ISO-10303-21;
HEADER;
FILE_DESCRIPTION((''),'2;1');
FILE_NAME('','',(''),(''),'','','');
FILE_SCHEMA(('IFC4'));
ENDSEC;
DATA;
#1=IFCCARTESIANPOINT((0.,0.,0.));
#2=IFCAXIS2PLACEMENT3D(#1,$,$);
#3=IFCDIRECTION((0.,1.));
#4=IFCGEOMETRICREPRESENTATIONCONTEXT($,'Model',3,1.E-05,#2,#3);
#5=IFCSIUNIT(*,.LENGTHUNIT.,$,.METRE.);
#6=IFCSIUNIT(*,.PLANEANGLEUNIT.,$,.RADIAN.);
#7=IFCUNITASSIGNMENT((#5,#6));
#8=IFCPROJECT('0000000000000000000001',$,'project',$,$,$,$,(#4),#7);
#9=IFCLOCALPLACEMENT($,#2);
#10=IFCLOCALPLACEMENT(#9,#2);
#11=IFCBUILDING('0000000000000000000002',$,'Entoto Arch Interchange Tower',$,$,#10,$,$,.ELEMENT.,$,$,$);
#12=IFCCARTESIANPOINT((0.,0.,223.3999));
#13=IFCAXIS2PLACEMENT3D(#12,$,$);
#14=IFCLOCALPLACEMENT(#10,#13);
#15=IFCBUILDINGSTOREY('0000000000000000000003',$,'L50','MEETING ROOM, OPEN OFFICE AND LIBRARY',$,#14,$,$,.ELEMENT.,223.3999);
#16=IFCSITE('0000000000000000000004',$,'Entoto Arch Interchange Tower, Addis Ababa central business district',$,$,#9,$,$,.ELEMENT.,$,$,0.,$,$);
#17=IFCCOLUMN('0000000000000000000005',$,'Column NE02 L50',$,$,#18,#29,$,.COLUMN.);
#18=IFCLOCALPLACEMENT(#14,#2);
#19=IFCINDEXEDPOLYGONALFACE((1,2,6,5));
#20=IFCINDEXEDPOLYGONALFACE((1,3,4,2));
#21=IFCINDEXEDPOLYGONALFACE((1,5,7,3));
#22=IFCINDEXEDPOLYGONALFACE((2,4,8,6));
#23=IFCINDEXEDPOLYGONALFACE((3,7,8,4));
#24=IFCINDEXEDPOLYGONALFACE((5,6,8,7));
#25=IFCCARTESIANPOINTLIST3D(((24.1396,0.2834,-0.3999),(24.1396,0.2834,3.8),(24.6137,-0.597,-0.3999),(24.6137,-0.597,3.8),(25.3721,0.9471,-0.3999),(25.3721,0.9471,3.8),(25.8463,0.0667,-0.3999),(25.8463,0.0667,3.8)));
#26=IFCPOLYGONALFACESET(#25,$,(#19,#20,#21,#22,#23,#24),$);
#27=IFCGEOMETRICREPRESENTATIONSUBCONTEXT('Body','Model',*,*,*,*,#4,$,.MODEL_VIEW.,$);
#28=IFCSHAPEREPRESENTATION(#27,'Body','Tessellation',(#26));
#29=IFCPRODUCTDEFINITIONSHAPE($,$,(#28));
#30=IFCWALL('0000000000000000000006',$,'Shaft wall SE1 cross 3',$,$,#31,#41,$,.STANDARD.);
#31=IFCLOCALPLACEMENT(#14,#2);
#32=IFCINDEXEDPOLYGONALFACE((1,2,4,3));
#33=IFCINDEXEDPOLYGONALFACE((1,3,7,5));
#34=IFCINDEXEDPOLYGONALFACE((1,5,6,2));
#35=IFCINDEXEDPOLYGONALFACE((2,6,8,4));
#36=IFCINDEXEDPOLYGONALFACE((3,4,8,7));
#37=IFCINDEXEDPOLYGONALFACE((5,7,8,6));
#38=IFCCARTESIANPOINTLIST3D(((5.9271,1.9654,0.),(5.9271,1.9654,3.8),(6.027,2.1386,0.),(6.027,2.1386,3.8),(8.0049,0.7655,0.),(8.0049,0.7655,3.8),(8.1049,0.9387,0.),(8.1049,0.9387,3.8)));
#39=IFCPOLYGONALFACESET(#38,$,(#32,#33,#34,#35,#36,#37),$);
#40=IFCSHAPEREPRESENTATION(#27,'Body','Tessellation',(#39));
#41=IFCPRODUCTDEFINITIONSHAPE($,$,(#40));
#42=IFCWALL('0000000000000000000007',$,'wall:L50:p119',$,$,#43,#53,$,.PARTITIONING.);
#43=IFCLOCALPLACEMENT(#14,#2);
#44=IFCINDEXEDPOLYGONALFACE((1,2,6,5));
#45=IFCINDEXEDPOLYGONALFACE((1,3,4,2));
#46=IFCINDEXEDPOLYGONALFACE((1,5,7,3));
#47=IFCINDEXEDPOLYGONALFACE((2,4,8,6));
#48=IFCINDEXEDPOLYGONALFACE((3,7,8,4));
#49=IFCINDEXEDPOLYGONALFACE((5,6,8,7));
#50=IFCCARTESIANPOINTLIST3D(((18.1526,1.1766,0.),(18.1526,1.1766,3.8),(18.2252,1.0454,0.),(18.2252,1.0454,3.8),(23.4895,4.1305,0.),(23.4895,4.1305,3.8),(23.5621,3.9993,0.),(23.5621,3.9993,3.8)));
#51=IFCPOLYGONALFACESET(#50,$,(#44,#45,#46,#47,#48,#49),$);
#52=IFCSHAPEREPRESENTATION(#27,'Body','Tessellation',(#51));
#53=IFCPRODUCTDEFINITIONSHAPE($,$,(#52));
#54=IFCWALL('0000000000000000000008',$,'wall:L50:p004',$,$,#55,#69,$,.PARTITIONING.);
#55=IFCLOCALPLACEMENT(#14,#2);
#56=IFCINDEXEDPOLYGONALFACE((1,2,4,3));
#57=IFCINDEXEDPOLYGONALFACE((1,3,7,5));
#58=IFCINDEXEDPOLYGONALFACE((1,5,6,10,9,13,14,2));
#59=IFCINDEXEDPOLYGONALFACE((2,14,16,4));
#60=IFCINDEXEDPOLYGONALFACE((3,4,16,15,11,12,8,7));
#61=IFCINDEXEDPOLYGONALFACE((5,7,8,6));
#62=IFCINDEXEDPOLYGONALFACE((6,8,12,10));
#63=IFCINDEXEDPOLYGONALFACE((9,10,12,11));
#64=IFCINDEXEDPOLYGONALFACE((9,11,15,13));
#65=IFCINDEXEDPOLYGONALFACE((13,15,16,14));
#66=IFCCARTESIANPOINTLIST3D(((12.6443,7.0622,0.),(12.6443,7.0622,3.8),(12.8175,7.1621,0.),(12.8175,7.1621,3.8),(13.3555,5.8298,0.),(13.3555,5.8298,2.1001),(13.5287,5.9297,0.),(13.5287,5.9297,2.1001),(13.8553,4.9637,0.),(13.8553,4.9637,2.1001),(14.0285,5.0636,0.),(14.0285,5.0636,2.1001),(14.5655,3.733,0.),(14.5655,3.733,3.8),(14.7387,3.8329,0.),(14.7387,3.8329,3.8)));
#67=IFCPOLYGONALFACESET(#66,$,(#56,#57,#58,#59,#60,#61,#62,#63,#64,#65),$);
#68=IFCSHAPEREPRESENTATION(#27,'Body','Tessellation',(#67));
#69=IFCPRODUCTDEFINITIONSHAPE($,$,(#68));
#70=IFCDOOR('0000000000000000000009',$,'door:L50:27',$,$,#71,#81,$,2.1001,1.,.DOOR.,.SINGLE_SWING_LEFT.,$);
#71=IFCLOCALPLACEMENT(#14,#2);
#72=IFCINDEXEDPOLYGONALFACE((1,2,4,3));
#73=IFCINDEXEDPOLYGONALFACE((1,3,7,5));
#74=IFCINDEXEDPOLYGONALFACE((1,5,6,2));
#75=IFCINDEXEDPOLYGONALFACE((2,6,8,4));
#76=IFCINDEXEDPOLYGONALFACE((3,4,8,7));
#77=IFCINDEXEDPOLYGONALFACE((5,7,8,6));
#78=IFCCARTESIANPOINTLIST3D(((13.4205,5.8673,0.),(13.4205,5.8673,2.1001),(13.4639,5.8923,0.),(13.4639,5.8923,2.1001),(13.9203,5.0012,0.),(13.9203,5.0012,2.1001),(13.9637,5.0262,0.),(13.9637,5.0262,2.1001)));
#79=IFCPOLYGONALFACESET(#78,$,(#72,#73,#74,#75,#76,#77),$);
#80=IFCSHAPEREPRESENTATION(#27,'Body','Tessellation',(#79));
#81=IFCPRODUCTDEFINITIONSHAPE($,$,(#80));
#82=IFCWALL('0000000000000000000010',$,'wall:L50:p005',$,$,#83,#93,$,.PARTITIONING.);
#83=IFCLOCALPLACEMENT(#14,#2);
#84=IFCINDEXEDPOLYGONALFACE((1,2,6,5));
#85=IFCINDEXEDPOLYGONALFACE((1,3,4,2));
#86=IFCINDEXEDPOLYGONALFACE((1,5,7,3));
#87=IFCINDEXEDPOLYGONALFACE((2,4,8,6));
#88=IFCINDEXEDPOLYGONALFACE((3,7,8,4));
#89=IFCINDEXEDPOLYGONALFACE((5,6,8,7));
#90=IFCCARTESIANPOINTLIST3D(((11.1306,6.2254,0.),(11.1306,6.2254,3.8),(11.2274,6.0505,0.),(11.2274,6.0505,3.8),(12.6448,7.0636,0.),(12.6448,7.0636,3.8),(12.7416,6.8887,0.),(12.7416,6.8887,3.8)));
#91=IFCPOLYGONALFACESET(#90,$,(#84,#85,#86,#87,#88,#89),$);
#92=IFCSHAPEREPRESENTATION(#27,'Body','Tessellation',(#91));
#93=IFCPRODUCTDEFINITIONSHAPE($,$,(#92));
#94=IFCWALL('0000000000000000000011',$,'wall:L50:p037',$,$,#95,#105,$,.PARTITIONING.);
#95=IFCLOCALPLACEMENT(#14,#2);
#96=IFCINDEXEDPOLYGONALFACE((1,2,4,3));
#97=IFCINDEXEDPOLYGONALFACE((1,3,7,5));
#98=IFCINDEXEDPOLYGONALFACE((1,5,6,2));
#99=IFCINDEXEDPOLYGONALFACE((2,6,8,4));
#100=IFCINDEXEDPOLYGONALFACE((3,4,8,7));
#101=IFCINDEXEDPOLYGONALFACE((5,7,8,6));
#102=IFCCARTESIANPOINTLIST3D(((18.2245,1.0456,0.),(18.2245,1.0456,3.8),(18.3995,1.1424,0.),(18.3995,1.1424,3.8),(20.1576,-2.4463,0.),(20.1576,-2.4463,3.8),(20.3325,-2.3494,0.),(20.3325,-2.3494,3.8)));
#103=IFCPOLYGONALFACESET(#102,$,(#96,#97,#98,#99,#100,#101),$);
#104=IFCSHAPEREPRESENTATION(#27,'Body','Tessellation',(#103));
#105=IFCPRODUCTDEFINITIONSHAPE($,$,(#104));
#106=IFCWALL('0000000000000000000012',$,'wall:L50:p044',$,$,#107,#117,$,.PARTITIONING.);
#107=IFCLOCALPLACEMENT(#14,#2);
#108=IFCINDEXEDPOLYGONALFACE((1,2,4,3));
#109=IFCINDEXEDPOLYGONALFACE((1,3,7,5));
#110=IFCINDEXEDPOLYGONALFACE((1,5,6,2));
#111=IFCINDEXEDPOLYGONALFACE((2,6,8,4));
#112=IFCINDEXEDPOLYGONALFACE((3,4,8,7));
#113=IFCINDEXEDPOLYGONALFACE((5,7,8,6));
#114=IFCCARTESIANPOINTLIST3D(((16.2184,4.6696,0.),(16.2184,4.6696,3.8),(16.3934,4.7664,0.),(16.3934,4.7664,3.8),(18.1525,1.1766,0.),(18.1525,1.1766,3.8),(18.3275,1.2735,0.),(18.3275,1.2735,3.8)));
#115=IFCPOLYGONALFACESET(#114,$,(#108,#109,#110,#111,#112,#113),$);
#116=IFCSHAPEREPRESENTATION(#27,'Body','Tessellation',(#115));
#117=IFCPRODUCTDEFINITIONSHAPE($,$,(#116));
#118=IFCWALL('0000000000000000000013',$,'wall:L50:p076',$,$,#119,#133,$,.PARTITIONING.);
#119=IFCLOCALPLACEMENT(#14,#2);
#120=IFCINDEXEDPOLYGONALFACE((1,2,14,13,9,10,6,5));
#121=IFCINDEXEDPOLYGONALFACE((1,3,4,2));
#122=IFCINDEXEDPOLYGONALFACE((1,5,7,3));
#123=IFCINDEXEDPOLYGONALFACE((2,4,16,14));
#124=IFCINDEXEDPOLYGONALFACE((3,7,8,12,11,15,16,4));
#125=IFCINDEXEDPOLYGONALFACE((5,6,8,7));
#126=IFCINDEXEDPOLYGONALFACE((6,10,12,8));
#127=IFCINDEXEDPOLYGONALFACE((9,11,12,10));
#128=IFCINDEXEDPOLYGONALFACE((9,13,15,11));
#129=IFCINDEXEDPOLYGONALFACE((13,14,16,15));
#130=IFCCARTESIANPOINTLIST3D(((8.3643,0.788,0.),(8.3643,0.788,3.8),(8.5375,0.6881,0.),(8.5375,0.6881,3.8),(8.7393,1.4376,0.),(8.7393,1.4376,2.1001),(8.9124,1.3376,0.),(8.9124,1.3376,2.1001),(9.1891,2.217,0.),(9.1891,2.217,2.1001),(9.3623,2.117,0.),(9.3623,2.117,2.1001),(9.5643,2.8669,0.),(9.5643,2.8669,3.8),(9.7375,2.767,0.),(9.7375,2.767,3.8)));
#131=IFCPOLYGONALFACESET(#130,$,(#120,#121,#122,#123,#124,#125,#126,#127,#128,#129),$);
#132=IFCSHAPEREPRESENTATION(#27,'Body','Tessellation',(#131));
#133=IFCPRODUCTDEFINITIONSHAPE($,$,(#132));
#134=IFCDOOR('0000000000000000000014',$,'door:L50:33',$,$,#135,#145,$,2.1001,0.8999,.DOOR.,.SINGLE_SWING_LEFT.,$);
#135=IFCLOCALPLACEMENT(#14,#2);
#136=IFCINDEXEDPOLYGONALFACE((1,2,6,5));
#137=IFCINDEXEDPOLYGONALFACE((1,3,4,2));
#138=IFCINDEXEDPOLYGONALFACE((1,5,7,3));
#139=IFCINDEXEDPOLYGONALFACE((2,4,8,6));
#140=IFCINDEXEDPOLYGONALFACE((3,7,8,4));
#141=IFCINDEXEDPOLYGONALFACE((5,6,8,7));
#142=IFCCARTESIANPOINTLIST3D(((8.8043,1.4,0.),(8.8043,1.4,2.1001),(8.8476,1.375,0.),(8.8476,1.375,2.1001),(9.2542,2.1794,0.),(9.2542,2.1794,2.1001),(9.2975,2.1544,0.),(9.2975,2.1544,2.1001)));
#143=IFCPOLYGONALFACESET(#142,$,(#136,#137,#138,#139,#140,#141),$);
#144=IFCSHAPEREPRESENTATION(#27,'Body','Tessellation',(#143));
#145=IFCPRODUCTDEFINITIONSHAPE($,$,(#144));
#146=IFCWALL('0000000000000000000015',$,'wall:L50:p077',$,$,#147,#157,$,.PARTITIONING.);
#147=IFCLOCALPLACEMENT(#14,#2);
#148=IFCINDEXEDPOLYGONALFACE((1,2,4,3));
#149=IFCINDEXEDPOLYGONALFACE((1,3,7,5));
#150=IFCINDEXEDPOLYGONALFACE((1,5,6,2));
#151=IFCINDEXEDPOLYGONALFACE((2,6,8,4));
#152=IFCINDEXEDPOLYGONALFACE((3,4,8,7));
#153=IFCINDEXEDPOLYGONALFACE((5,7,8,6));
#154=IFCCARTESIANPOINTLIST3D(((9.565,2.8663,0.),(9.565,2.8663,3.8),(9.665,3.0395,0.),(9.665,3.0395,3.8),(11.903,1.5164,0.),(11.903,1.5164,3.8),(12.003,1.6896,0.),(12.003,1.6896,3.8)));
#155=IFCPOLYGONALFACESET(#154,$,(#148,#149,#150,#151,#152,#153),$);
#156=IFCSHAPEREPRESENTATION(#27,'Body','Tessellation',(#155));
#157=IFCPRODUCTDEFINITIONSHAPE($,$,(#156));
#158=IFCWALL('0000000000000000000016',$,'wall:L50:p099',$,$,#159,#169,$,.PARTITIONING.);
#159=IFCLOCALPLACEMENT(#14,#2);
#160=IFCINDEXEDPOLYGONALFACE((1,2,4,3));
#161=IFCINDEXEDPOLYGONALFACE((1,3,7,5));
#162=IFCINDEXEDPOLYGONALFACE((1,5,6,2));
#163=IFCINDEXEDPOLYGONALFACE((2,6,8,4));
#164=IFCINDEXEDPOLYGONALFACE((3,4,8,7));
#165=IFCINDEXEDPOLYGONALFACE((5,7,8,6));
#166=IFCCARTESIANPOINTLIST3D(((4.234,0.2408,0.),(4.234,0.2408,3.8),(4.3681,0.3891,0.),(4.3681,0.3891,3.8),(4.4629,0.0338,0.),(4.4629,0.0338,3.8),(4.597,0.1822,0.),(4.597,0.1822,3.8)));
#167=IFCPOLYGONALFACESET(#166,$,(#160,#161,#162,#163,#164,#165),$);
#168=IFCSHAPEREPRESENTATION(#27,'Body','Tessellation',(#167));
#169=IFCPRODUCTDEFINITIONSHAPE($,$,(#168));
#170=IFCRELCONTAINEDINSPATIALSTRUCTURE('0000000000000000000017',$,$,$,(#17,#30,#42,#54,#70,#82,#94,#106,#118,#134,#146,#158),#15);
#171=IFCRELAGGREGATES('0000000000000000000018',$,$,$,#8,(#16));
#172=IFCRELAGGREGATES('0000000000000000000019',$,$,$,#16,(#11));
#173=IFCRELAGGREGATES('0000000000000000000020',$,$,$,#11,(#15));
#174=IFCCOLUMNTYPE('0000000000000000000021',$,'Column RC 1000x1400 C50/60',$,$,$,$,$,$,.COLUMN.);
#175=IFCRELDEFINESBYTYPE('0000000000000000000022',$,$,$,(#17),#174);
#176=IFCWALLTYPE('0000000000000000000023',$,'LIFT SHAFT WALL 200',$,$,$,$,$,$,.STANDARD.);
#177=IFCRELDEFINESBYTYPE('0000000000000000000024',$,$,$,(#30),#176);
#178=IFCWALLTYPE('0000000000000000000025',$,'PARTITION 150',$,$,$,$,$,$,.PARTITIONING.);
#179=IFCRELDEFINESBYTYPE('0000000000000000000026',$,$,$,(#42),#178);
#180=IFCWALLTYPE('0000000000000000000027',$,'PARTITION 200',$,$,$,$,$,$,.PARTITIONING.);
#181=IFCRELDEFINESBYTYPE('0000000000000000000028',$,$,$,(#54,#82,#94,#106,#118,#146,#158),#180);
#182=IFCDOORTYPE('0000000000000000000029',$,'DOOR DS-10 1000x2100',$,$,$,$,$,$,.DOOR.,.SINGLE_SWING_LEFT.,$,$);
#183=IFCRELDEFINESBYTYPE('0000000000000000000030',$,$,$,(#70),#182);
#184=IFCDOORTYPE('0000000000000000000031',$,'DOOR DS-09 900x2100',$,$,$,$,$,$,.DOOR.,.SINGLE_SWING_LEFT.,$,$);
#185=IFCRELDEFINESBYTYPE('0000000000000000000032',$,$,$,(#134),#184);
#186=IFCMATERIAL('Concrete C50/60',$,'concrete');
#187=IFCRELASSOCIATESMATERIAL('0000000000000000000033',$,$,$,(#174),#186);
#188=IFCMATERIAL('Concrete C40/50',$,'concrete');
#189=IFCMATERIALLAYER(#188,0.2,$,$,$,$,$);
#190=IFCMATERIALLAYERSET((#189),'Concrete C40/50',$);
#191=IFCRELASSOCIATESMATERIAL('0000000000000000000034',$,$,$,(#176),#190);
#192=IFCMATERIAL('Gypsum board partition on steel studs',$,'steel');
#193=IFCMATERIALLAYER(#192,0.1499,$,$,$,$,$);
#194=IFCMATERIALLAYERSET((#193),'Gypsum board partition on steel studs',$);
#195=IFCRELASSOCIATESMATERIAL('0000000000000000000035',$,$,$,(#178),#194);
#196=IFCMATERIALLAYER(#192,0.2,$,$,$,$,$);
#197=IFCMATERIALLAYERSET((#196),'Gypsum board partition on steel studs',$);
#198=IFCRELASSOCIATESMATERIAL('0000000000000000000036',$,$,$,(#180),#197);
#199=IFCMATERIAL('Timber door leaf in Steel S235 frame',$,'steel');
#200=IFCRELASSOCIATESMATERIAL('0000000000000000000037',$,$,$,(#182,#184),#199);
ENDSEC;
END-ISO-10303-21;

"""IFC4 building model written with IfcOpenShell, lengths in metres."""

from ifc_helpers import new_model, si_unit, direction, frame, frame_2d, origin, origin_2d, place, context, subcontext, project, spatial, rectangle, extrude, material, layer, layer_set, material_profile, profile_set, type_object, element, fill, save


model = new_model("IFC4")

# Units and contexts
model_context = context("Model", 3, precision=1e-05, world=origin(), true_north=direction((0.0, 1.0)))
body_context = subcontext(model_context, "Body", "Model", "MODEL_VIEW")
ifc_project = project(units=[si_unit("LENGTHUNIT", "METRE"), si_unit("PLANEANGLEUNIT", "RADIAN")], contexts=[model_context])

# Site, building, storey
site_placement = place(None, origin())
site = spatial("IfcSite", under=ifc_project, at=site_placement, Name="Entoto Arch Interchange Tower, Addis Ababa central business district", CompositionType="ELEMENT", RefElevation=0.0)
building_placement = place(site_placement, origin())
building = spatial("IfcBuilding", under=site, at=building_placement, Name="Entoto Arch Interchange Tower", CompositionType="ELEMENT")
storey_placement = place(building_placement, frame((0.0, 0.0, 223.3999)))
storey = spatial("IfcBuildingStorey", under=building, at=storey_placement, Name="L50", Description="MEETING ROOM, OPEN OFFICE AND LIBRARY", CompositionType="ELEMENT", Elevation=223.3999)

# Column
ifc_material_1 = material(Name="Concrete C50/60", Category="concrete")
ifc_material_profile = material_profile(ifc_material_1, rectangle(XDim=1.0, YDim=1.3999, at=origin_2d()))
ifc_profile_set = profile_set([ifc_material_profile], Name="Concrete C50/60")
column_type = type_object("IfcColumnType", Name="Column RC 1000x1400 C50/60", PredefinedType="COLUMN", material=ifc_profile_set)
column_placement = place(storey_placement, frame((24.9929, 0.175, -0.3999), z_axis=(0.0, 0.0, 1.0), x_axis=(-0.474134, 0.880453, 0.0)))
element("IfcColumn", 1, at=column_placement, inside=storey, type_object=column_type, Name="Column NE02 L50", PredefinedType="COLUMN", context=body_context, shape_type="SweptSolid", body=[
    extrude(rectangle(XDim=1.0, YDim=1.3999, at=origin_2d()), origin(), (0.0, 0.0, 1.0), 4.2),
])

# Walls
ifc_material_2 = material(Name="Concrete C40/50", Category="concrete")
ifc_layer_1 = layer(ifc_material_2, 0.2)
ifc_layer_set_1 = layer_set([ifc_layer_1], Name="Concrete C40/50")
wall_type_1 = type_object("IfcWallType", Name="LIFT SHAFT WALL 200", PredefinedType="STANDARD", material=ifc_layer_set_1)
wall_1_placement = place(storey_placement, frame((5.9771, 2.052, 0.0), z_axis=(0.0, 0.0, 1.0), x_axis=(0.865974, -0.500089, 0.0)))
element("IfcWall", 2, at=wall_1_placement, inside=storey, type_object=wall_type_1, Name="Shaft wall SE1 cross 3", PredefinedType="STANDARD", context=body_context, shape_type="SweptSolid", body=[
    extrude(rectangle(XDim=2.3994, YDim=0.2, at=frame_2d((1.1997, 0.0))), origin(), (0.0, 0.0, 1.0), 3.8),
])
ifc_material_3 = material(Name="Gypsum board partition on steel studs", Category="steel")
ifc_layer_2 = layer(ifc_material_3, 0.1499)
ifc_layer_set_2 = layer_set([ifc_layer_2], Name="Gypsum board partition on steel studs")
wall_type_2 = type_object("IfcWallType", Name="PARTITION 150", PredefinedType="PARTITIONING", material=ifc_layer_set_2)
wall_2_placement = place(storey_placement, frame((18.189, 1.1111, 0.0), z_axis=(0.0, 0.0, 1.0), x_axis=(0.874928, 0.484252, 0.0)))
element("IfcWall", 3, at=wall_2_placement, inside=storey, type_object=wall_type_2, Name="wall:L50:p119", PredefinedType="PARTITIONING", context=body_context, shape_type="SweptSolid", body=[
    extrude(rectangle(XDim=6.0999, YDim=0.1499, at=frame_2d((3.0498, 0.0))), origin(), (0.0, 0.0, 1.0), 3.8),
])

# Wall, opening, door
ifc_layer_3 = layer(ifc_material_3, 0.2)
ifc_layer_set_3 = layer_set([ifc_layer_3], Name="Gypsum board partition on steel studs")
wall_type_3 = type_object("IfcWallType", Name="PARTITION 200", PredefinedType="PARTITIONING", material=ifc_layer_set_3)
wall_3_placement = place(storey_placement, frame((14.6521, 3.783, 0.0), z_axis=(0.0, 0.0, 1.0), x_axis=(-0.499821, 0.866128, 0.0)))
wall_3 = element("IfcWall", 4, at=wall_3_placement, inside=storey, type_object=wall_type_3, Name="wall:L50:p004", PredefinedType="PARTITIONING", context=body_context, shape_type="SweptSolid", body=[
    extrude(rectangle(XDim=3.8438, YDim=0.2, at=frame_2d((1.9219, 0.0))), origin(), (0.0, 0.0, 1.0), 3.8),
])
opening_1_placement = place(wall_3_placement, frame((1.4209, 0.0, 0.0)))
opening_1 = element("IfcOpeningElement", 5, at=opening_1_placement, cuts=wall_3, PredefinedType="OPENING", context=body_context, shape_type="SweptSolid", body=[
    extrude(rectangle(XDim=1.0, YDim=2.1001, at=frame_2d((0.5, 1.05))), frame((0.0, 0.1099, 0.0), z_axis=(0.0, -1.0, 0.0), x_axis=(1.0, 0.0, 0.0)), (0.0, 0.0, 1.0), 0.22),
])
ifc_material_4 = material(Name="Timber door leaf in Steel S235 frame", Category="steel")
door_type_1 = type_object("IfcDoorType", Name="DOOR DS-10 1000x2100", OperationType="SINGLE_SWING_LEFT", PredefinedType="DOOR", material=ifc_material_4)
door_1_placement = place(opening_1_placement, origin())
door_1 = element("IfcDoor", 6, at=door_1_placement, inside=storey, type_object=door_type_1, Name="door:L50:27", OperationType="SINGLE_SWING_LEFT", OverallHeight=2.1001, OverallWidth=1.0, PredefinedType="DOOR", context=body_context, shape_type="SweptSolid", body=[
    extrude(rectangle(XDim=1.0, YDim=2.1001, at=frame_2d((0.5, 1.05))), frame((0.0, 0.0249, 0.0), z_axis=(0.0, -1.0, 0.0), x_axis=(1.0, 0.0, 0.0)), (0.0, 0.0, 1.0), 0.05),
])
fill(opening_1, door_1)

# Walls
wall_4_placement = place(storey_placement, frame((12.6931, 6.9761, 0.0), z_axis=(0.0, 0.0, 1.0), x_axis=(-0.874908, -0.484289, 0.0)))
element("IfcWall", 7, at=wall_4_placement, inside=storey, type_object=wall_type_3, Name="wall:L50:p005", PredefinedType="PARTITIONING", context=body_context, shape_type="SweptSolid", body=[
    extrude(rectangle(XDim=1.7307, YDim=0.2, at=frame_2d((0.8652, 0.0))), origin(), (0.0, 0.0, 1.0), 3.8),
])
wall_5_placement = place(storey_placement, frame((18.312, 1.094, 0.0), z_axis=(0.0, 0.0, 1.0), x_axis=(0.484328, -0.874886, 0.0)))
element("IfcWall", 8, at=wall_5_placement, inside=storey, type_object=wall_type_3, Name="wall:L50:p037", PredefinedType="PARTITIONING", context=body_context, shape_type="SweptSolid", body=[
    extrude(rectangle(XDim=3.9912, YDim=0.2, at=frame_2d((1.9956, 0.0))), origin(), (0.0, 0.0, 1.0), 3.8),
])
wall_6_placement = place(storey_placement, frame((16.3059, 4.718, 0.0), z_axis=(0.0, 0.0, 1.0), x_axis=(0.484412, -0.87484, 0.0)))
element("IfcWall", 9, at=wall_6_placement, inside=storey, type_object=wall_type_3, Name="wall:L50:p044", PredefinedType="PARTITIONING", context=body_context, shape_type="SweptSolid", body=[
    extrude(rectangle(XDim=3.9927, YDim=0.2, at=frame_2d((1.9963, 0.0))), origin(), (0.0, 0.0, 1.0), 3.8),
])

# Wall, opening, door
wall_7_placement = place(storey_placement, frame((8.4509, 0.738, 0.0), z_axis=(0.0, 0.0, 1.0), x_axis=(0.499913, 0.866075, 0.0)))
wall_7 = element("IfcWall", 10, at=wall_7_placement, inside=storey, type_object=wall_type_3, Name="wall:L50:p076", PredefinedType="PARTITIONING", context=body_context, shape_type="SweptSolid", body=[
    extrude(rectangle(XDim=2.4004, YDim=0.2, at=frame_2d((1.2002, 0.0))), origin(), (0.0, 0.0, 1.0), 3.8),
])
opening_2_placement = place(wall_7_placement, frame((0.75, 0.0, 0.0)))
opening_2 = element("IfcOpeningElement", 11, at=opening_2_placement, cuts=wall_7, PredefinedType="OPENING", context=body_context, shape_type="SweptSolid", body=[
    extrude(rectangle(XDim=0.8999, YDim=2.1001, at=frame_2d((0.45, 1.05))), frame((0.0, 0.1099, 0.0), z_axis=(0.0, -1.0, 0.0), x_axis=(1.0, 0.0, 0.0)), (0.0, 0.0, 1.0), 0.22),
])
door_type_2 = type_object("IfcDoorType", Name="DOOR DS-09 900x2100", OperationType="SINGLE_SWING_LEFT", PredefinedType="DOOR", material=ifc_material_4)
door_2_placement = place(opening_2_placement, origin())
door_2 = element("IfcDoor", 12, at=door_2_placement, inside=storey, type_object=door_type_2, Name="door:L50:33", OperationType="SINGLE_SWING_LEFT", OverallHeight=2.1001, OverallWidth=0.8999, PredefinedType="DOOR", context=body_context, shape_type="SweptSolid", body=[
    extrude(rectangle(XDim=0.8999, YDim=2.1001, at=frame_2d((0.45, 1.05))), frame((0.0, 0.0249, 0.0), z_axis=(0.0, -1.0, 0.0), x_axis=(1.0, 0.0, 0.0)), (0.0, 0.0, 1.0), 0.05),
])
fill(opening_2, door_2)

# Walls
wall_8_placement = place(storey_placement, frame((9.615, 2.9529, 0.0), z_axis=(0.0, 0.0, 1.0), x_axis=(0.866014, -0.50002, 0.0)))
element("IfcWall", 13, at=wall_8_placement, inside=storey, type_object=wall_type_3, Name="wall:L50:p077", PredefinedType="PARTITIONING", context=body_context, shape_type="SweptSolid", body=[
    extrude(rectangle(XDim=2.6997, YDim=0.2, at=frame_2d((1.3499, 0.0))), origin(), (0.0, 0.0, 1.0), 3.8),
])
wall_9_placement = place(storey_placement, frame((4.301, 0.3149, 0.0), z_axis=(0.0, 0.0, 1.0), x_axis=(0.741798, -0.670623, 0.0)))
element("IfcWall", 14, at=wall_9_placement, inside=storey, type_object=wall_type_3, Name="wall:L50:p099", PredefinedType="PARTITIONING", context=body_context, shape_type="SweptSolid", body=[
    extrude(rectangle(XDim=0.3086, YDim=0.2, at=frame_2d((0.1543, 0.0))), origin(), (0.0, 0.0, 1.0), 3.8),
])

save(model, "model.ifc")
